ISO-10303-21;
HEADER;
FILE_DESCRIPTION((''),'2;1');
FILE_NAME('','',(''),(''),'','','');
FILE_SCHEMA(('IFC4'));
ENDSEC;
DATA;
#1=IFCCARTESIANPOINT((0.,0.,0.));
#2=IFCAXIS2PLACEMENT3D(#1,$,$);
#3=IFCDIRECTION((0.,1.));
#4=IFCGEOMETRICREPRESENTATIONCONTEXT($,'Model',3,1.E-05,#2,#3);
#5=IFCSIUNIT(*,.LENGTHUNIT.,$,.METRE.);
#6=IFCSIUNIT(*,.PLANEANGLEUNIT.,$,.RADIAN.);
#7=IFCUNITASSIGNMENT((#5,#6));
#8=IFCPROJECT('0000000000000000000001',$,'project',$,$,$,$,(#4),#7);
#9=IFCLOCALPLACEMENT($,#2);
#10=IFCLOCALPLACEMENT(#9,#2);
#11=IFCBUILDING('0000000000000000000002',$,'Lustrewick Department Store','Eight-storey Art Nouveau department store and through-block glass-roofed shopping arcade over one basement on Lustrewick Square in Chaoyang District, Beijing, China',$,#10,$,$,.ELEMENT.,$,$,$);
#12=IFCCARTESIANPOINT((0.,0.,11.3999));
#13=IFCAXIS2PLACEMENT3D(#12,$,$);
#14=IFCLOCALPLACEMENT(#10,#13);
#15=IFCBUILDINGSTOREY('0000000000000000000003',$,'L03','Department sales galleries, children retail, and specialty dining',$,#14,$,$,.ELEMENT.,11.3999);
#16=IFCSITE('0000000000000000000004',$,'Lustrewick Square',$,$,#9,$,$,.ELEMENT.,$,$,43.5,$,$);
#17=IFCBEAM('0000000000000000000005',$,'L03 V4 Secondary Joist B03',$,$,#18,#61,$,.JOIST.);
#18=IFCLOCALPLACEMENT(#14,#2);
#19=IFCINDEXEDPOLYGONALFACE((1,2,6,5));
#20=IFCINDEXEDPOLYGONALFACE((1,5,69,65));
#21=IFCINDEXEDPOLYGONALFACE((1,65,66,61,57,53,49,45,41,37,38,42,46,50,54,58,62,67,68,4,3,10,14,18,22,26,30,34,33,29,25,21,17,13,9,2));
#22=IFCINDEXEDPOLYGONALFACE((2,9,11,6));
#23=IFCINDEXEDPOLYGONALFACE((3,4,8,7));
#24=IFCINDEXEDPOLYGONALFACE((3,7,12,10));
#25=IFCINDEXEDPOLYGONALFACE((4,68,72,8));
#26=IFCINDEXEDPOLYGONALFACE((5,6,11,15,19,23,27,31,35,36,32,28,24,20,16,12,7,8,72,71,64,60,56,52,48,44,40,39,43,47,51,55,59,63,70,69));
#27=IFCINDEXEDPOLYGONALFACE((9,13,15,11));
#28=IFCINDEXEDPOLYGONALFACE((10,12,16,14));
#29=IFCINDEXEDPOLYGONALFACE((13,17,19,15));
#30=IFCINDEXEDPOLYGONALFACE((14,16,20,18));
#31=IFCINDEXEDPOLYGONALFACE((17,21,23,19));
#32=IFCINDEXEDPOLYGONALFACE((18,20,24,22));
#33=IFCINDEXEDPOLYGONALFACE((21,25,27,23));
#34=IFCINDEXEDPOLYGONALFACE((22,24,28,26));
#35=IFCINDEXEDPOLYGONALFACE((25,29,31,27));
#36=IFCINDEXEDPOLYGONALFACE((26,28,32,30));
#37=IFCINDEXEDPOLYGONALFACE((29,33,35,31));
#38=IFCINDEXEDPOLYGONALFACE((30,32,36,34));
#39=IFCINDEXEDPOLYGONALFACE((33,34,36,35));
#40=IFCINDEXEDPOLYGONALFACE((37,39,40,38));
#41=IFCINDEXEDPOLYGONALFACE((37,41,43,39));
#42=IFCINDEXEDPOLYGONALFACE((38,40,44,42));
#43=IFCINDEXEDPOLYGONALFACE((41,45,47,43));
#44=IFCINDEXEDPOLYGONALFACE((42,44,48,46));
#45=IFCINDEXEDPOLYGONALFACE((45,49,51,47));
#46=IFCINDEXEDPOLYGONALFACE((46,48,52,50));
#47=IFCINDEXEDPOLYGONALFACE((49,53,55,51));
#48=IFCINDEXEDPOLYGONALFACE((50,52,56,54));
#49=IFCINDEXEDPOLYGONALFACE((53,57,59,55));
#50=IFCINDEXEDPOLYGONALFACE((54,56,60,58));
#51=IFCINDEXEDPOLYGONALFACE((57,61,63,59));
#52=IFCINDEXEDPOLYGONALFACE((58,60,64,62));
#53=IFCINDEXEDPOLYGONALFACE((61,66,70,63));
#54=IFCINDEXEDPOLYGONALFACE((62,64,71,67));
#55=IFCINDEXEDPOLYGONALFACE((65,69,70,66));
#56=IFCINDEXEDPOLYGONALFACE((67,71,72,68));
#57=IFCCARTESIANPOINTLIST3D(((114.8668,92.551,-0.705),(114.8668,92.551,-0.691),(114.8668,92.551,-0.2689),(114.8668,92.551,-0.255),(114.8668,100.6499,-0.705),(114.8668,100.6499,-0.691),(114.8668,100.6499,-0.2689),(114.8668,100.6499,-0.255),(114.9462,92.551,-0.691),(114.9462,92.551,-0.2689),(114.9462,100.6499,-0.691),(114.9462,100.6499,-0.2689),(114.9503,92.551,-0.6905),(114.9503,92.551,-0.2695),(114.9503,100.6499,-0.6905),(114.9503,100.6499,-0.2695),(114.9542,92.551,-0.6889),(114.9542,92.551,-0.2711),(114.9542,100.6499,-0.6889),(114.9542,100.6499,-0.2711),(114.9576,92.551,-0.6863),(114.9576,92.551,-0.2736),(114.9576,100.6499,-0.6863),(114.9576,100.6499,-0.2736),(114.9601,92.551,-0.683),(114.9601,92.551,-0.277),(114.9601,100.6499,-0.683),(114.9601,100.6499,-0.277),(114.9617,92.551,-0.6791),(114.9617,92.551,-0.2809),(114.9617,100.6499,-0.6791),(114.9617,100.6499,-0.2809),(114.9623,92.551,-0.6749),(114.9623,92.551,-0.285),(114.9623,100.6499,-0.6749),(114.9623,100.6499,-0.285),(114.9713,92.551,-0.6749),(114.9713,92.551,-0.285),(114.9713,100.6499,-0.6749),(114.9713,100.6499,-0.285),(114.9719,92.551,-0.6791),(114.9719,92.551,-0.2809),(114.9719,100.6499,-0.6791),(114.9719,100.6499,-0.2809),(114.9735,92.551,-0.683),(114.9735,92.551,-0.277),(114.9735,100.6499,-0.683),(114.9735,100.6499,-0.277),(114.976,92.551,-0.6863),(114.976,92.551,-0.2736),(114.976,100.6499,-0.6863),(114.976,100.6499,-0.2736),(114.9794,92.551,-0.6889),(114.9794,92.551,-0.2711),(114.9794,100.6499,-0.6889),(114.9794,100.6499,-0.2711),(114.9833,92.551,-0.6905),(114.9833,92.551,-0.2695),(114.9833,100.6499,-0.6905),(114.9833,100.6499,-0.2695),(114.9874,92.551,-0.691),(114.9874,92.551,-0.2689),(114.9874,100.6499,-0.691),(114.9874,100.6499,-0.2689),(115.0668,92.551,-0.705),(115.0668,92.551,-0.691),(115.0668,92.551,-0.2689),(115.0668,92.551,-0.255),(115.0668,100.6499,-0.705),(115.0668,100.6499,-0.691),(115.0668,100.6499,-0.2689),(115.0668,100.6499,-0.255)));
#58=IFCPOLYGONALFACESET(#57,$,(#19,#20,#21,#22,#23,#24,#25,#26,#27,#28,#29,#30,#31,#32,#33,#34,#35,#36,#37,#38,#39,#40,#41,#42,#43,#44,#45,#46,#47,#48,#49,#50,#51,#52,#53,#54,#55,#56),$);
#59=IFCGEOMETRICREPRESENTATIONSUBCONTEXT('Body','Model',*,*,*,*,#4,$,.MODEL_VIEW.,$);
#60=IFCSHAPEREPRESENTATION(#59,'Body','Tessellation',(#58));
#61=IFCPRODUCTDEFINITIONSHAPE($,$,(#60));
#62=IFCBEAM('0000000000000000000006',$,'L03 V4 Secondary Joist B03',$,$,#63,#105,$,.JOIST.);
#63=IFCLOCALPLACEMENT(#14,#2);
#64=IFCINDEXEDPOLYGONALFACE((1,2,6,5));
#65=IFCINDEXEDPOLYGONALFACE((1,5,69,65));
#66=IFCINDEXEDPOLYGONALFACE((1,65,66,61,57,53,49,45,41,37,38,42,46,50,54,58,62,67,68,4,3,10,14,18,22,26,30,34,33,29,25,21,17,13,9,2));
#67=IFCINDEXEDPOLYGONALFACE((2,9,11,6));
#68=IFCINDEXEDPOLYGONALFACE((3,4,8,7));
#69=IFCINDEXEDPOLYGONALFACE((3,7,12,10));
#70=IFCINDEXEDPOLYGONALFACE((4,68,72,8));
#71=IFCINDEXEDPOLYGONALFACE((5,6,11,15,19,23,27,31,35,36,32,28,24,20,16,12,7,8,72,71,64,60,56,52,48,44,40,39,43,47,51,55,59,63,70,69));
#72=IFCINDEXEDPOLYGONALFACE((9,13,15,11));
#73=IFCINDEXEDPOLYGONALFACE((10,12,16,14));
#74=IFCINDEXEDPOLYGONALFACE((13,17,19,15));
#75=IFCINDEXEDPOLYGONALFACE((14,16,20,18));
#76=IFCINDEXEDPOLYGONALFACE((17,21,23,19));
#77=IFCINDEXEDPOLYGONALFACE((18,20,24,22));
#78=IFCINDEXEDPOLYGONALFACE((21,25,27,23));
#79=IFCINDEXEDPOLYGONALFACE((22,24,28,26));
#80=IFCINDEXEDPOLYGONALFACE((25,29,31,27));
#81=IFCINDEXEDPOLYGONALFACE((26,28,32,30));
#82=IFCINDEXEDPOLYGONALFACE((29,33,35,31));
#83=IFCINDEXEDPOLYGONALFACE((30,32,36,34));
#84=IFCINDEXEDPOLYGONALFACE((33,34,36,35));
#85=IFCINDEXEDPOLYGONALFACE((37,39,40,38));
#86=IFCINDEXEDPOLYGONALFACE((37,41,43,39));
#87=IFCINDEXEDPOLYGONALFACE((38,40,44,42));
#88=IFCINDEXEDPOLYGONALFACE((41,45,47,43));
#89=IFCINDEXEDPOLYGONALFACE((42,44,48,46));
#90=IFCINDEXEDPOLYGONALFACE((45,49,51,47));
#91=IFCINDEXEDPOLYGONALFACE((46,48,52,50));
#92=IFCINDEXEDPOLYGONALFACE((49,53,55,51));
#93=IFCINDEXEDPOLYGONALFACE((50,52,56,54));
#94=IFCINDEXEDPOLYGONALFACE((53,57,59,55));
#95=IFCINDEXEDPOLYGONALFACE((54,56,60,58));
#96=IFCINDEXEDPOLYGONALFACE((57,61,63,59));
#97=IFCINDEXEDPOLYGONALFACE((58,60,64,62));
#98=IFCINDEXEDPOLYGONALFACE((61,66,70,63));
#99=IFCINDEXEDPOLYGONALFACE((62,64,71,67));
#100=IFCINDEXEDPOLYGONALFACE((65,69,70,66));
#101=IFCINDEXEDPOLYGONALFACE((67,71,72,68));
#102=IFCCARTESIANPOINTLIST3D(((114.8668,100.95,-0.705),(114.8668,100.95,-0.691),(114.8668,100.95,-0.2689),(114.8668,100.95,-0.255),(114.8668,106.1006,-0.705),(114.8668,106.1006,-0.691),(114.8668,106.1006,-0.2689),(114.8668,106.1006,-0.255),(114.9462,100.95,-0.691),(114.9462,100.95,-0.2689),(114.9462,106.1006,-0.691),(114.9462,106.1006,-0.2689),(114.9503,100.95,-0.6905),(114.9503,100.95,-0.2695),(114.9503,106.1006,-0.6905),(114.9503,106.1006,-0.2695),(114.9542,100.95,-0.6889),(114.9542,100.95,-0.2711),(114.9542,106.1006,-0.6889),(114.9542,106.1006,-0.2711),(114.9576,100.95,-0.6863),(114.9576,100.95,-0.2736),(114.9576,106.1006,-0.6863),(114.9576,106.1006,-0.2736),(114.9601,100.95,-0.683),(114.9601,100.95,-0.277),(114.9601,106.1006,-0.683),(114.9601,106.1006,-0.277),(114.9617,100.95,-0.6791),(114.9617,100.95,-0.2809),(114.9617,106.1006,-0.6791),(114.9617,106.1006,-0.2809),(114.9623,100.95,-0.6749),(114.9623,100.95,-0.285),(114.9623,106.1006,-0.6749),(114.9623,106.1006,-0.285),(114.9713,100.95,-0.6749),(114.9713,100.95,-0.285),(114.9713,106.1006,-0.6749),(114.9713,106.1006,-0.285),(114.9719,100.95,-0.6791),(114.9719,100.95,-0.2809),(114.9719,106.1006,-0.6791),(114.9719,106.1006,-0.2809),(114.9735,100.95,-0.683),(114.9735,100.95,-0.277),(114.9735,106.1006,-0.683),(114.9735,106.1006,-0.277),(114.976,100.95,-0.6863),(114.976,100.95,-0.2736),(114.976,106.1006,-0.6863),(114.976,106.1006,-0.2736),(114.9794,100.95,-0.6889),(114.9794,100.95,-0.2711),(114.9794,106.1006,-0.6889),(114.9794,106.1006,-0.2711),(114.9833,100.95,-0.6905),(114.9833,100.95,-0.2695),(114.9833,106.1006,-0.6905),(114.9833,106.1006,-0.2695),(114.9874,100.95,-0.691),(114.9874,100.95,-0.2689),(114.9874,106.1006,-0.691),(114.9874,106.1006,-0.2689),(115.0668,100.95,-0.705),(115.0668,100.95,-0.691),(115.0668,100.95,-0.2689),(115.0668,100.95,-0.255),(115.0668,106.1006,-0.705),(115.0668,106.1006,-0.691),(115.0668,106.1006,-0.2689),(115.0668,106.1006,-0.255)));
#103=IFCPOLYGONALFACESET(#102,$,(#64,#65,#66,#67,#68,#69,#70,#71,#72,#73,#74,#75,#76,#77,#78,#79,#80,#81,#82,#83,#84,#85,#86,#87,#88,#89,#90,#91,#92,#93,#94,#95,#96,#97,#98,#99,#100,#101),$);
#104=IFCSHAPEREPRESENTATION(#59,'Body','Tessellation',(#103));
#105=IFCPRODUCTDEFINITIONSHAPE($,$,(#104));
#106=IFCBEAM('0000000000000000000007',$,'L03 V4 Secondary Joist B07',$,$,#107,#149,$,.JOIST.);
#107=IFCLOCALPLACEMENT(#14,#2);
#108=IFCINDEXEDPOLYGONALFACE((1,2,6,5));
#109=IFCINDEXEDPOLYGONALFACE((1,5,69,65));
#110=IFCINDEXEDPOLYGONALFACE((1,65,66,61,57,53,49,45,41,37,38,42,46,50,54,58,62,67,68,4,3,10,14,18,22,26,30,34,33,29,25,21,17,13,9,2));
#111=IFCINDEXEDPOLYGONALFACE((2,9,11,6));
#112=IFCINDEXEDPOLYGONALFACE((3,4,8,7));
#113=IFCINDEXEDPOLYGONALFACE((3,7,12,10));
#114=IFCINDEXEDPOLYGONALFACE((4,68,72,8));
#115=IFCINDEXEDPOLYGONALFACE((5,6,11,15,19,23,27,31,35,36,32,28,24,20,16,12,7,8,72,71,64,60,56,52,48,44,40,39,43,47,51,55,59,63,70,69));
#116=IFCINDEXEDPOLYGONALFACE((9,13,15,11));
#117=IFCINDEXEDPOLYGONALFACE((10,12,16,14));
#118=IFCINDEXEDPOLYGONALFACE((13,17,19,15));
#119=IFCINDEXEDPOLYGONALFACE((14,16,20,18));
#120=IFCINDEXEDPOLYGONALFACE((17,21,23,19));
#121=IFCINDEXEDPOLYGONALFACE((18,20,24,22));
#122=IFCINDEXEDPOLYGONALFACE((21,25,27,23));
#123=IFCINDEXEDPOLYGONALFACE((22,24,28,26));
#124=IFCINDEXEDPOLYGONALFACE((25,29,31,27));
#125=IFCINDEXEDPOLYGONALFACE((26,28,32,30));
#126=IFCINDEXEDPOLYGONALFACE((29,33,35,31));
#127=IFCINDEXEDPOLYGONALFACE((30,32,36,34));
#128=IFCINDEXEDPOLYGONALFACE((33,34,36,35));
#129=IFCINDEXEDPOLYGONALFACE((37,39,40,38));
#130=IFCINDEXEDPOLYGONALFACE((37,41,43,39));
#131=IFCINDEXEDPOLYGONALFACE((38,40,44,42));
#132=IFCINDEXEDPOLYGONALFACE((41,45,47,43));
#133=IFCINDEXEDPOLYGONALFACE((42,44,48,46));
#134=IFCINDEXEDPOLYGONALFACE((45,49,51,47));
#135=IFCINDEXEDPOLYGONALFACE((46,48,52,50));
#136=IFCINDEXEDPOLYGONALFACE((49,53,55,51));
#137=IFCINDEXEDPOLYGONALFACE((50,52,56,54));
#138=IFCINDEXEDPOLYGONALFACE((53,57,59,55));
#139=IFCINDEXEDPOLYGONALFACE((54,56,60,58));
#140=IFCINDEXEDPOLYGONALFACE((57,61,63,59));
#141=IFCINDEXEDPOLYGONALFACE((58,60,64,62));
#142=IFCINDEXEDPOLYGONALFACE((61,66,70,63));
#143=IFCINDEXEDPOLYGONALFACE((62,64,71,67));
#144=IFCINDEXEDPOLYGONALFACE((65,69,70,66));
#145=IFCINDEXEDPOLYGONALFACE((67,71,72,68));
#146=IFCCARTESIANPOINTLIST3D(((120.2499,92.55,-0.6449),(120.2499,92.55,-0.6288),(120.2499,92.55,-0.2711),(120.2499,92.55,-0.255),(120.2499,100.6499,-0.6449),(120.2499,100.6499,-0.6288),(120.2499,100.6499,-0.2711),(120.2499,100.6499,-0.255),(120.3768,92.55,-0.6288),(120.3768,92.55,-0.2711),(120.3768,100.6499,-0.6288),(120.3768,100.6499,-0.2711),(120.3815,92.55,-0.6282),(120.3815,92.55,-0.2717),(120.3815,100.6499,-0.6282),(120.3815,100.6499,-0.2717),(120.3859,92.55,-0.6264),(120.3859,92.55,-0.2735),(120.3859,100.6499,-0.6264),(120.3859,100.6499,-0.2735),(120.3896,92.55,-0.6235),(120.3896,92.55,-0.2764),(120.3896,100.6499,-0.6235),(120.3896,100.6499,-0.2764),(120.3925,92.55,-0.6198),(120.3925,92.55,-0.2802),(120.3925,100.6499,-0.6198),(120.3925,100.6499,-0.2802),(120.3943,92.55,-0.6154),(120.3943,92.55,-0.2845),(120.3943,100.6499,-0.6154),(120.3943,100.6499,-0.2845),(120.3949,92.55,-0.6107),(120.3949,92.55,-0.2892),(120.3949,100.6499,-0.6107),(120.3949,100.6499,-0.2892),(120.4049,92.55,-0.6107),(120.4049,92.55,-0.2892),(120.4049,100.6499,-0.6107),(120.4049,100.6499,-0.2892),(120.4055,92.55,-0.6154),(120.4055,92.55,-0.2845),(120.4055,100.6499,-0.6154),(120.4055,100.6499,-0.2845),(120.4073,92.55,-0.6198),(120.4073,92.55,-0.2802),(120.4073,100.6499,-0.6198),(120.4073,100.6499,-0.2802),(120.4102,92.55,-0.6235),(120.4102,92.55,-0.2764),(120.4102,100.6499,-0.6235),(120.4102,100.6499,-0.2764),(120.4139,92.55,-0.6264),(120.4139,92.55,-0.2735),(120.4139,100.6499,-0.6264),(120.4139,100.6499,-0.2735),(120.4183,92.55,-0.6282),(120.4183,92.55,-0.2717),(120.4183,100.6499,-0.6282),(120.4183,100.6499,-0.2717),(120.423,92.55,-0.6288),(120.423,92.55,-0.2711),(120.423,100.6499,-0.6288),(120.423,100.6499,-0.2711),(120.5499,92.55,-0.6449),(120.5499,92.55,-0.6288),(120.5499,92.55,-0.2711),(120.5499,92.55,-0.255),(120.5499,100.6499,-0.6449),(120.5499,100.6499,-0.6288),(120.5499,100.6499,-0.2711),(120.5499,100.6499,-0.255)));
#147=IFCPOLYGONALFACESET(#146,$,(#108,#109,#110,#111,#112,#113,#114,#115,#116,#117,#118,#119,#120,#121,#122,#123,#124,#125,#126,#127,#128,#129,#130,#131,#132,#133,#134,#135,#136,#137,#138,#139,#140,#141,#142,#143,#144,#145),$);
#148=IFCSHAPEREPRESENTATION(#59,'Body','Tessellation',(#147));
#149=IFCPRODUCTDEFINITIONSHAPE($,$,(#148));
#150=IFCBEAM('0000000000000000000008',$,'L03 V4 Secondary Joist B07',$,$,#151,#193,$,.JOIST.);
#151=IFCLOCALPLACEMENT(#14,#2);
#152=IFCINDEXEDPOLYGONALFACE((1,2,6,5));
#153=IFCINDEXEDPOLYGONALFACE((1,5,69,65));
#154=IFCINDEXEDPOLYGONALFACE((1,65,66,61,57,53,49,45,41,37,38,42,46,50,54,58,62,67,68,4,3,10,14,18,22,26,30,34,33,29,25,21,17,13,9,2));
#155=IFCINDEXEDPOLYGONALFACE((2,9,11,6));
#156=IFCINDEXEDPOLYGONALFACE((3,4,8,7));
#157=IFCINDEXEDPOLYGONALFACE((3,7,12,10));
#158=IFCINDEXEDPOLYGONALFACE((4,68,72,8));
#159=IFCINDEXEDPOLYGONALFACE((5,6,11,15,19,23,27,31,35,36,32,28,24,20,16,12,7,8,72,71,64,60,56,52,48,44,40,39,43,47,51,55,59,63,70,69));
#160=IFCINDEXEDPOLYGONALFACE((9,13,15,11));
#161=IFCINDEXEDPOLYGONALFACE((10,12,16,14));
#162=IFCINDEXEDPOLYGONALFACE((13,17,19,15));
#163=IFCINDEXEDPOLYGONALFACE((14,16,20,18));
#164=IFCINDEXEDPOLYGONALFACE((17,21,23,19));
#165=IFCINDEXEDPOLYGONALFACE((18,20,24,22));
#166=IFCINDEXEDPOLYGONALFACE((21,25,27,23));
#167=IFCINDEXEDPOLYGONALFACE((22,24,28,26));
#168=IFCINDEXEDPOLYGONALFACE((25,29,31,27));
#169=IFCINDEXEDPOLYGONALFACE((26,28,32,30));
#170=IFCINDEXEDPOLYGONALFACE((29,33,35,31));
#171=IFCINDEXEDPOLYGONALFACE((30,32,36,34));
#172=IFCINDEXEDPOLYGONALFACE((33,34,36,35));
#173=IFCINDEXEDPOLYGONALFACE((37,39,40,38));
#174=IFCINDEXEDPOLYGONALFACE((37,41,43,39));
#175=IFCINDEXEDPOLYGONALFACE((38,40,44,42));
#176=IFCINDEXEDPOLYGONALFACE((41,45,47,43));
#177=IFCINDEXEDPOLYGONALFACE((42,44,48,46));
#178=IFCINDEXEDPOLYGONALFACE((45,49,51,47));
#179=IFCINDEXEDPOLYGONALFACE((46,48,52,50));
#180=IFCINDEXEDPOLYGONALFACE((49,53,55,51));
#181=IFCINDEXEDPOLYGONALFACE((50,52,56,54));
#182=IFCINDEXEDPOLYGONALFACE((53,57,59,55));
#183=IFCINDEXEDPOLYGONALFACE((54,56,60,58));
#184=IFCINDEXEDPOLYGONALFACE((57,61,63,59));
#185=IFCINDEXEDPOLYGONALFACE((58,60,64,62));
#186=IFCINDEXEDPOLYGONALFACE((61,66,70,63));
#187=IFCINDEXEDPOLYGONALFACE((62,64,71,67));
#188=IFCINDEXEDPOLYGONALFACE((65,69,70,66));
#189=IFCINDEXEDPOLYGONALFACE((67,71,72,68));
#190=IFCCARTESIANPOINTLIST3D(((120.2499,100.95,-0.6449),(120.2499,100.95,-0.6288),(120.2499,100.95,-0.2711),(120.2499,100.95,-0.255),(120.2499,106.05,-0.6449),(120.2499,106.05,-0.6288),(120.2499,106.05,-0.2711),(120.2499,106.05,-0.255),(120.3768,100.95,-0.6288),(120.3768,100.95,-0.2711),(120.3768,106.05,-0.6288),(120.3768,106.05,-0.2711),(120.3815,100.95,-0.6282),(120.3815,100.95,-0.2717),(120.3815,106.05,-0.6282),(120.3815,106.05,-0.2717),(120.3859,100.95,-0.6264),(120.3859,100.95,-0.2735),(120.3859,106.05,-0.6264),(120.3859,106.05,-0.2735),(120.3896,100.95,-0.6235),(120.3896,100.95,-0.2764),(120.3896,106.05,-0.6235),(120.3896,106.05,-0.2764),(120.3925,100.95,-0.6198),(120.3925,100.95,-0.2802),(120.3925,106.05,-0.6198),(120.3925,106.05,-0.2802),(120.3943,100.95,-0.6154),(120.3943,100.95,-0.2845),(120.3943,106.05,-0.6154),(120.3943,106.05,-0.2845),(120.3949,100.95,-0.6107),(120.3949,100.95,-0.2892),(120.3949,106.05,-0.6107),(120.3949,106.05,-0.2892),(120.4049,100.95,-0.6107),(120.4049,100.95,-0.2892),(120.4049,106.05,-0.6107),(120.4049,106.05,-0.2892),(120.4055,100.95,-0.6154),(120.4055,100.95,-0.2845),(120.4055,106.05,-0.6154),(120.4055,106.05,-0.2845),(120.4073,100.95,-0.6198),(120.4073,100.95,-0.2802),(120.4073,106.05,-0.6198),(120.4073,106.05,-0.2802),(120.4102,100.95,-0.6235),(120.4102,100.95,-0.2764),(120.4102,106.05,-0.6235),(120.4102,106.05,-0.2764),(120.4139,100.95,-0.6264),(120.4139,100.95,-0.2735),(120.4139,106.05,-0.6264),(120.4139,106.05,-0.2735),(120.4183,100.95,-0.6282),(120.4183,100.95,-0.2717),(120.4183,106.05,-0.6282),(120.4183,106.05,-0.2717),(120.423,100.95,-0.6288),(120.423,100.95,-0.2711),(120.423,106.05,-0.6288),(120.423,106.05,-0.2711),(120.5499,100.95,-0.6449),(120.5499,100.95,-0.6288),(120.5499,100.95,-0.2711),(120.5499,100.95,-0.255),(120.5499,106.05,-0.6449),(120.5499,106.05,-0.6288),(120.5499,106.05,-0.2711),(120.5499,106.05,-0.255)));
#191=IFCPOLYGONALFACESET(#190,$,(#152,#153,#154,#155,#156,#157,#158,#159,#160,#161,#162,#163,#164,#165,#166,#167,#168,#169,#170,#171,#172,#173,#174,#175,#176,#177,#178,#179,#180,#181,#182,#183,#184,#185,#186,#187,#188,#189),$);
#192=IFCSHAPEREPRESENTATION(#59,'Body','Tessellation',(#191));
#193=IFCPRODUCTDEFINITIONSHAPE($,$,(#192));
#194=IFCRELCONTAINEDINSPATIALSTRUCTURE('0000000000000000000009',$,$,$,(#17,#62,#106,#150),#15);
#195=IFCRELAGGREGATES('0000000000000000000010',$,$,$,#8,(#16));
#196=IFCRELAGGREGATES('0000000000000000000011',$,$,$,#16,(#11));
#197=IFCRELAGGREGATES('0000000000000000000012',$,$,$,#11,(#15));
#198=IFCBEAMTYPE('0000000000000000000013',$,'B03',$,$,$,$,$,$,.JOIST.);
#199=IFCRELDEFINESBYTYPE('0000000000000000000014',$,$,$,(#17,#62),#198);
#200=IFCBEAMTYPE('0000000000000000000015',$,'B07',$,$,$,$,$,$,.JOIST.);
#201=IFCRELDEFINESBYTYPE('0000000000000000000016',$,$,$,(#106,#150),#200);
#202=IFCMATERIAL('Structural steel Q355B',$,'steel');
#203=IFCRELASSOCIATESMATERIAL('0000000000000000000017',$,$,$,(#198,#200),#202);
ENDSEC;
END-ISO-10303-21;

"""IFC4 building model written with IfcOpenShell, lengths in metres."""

from ifc_helpers import new_model, si_unit, direction, frame, origin, origin_2d, place, context, subcontext, project, spatial, i_section, extrude, material, material_profile, profile_set, type_object, element, save


model = new_model("IFC4")

# Units and contexts
model_context = context("Model", 3, precision=1e-05, world=origin(), true_north=direction((0.0, 1.0)))
body_context = subcontext(model_context, "Body", "Model", "MODEL_VIEW")
ifc_project = project(units=[si_unit("LENGTHUNIT", "METRE"), si_unit("PLANEANGLEUNIT", "RADIAN")], contexts=[model_context])

# Site, building, storey
site_placement = place(None, origin())
site = spatial("IfcSite", under=ifc_project, at=site_placement, Name="Lustrewick Square", CompositionType="ELEMENT", RefElevation=43.5)
building_placement = place(site_placement, origin())
building = spatial("IfcBuilding", under=site, at=building_placement, Name="Lustrewick Department Store", Description="Eight-storey Art Nouveau department store and through-block glass-roofed shopping arcade over one basement on Lustrewick Square in Chaoyang District, Beijing, China", CompositionType="ELEMENT")
storey_placement = place(building_placement, frame((0.0, 0.0, 11.3999)))
storey = spatial("IfcBuildingStorey", under=building, at=storey_placement, Name="L03", Description="Department sales galleries, children retail, and specialty dining", CompositionType="ELEMENT", Elevation=11.3999)

# Shared definitions
ifc_material_1 = material(Name="Structural steel Q355B", Category="steel")

# Beams
ifc_material_profile_1 = material_profile(ifc_material_1, i_section(OverallWidth=0.2, OverallDepth=0.45, WebThickness=0.009, FlangeThickness=0.0139, FilletRadius=0.0161, at=origin_2d()), Name="HN 450x200x9x14")
ifc_profile_set_1 = profile_set([ifc_material_profile_1], Name="Structural steel Q355B")
beam_type_1 = type_object("IfcBeamType", Name="B03", PredefinedType="JOIST", material=ifc_profile_set_1)
beam_1_placement = place(storey_placement, frame((114.9668, 92.551, -0.48), z_axis=(0.0, 1.0, 0.0), x_axis=(-1.0, 0.0, 0.0)))
element("IfcBeam", 1, at=beam_1_placement, inside=storey, type_object=beam_type_1, Name="L03 V4 Secondary Joist B03", PredefinedType="JOIST", context=body_context, shape_type="SweptSolid", body=[
    extrude(i_section(OverallWidth=0.2, OverallDepth=0.45, WebThickness=0.009, FlangeThickness=0.0139, FilletRadius=0.0161, at=origin_2d()), origin(), (0.0, 0.0, 1.0), 8.0989),
])
beam_2_placement = place(storey_placement, frame((114.9668, 100.95, -0.48), z_axis=(0.0, 1.0, 0.0), x_axis=(-1.0, 0.0, 0.0)))
element("IfcBeam", 2, at=beam_2_placement, inside=storey, type_object=beam_type_1, Name="L03 V4 Secondary Joist B03", PredefinedType="JOIST", context=body_context, shape_type="SweptSolid", body=[
    extrude(i_section(OverallWidth=0.2, OverallDepth=0.45, WebThickness=0.009, FlangeThickness=0.0139, FilletRadius=0.0161, at=origin_2d()), origin(), (0.0, 0.0, 1.0), 5.1506),
])
ifc_material_profile_2 = material_profile(ifc_material_1, i_section(OverallWidth=0.3, OverallDepth=0.3899, WebThickness=0.01, FlangeThickness=0.0161, FilletRadius=0.0181, at=origin_2d()), Name="HM 390x300x10x16")
ifc_profile_set_2 = profile_set([ifc_material_profile_2], Name="Structural steel Q355B")
beam_type_2 = type_object("IfcBeamType", Name="B07", PredefinedType="JOIST", material=ifc_profile_set_2)
beam_3_placement = place(storey_placement, frame((120.3999, 92.55, -0.45), z_axis=(0.0, 1.0, 0.0), x_axis=(-1.0, 0.0, 0.0)))
element("IfcBeam", 3, at=beam_3_placement, inside=storey, type_object=beam_type_2, Name="L03 V4 Secondary Joist B07", PredefinedType="JOIST", context=body_context, shape_type="SweptSolid", body=[
    extrude(i_section(OverallWidth=0.3, OverallDepth=0.3899, WebThickness=0.01, FlangeThickness=0.0161, FilletRadius=0.0181, at=origin_2d()), origin(), (0.0, 0.0, 1.0), 8.0999),
])
beam_4_placement = place(storey_placement, frame((120.3999, 100.95, -0.45), z_axis=(0.0, 1.0, 0.0), x_axis=(-1.0, 0.0, 0.0)))
element("IfcBeam", 4, at=beam_4_placement, inside=storey, type_object=beam_type_2, Name="L03 V4 Secondary Joist B07", PredefinedType="JOIST", context=body_context, shape_type="SweptSolid", body=[
    extrude(i_section(OverallWidth=0.3, OverallDepth=0.3899, WebThickness=0.01, FlangeThickness=0.0161, FilletRadius=0.0181, at=origin_2d()), origin(), (0.0, 0.0, 1.0), 5.1001),
])

save(model, "model.ifc")
